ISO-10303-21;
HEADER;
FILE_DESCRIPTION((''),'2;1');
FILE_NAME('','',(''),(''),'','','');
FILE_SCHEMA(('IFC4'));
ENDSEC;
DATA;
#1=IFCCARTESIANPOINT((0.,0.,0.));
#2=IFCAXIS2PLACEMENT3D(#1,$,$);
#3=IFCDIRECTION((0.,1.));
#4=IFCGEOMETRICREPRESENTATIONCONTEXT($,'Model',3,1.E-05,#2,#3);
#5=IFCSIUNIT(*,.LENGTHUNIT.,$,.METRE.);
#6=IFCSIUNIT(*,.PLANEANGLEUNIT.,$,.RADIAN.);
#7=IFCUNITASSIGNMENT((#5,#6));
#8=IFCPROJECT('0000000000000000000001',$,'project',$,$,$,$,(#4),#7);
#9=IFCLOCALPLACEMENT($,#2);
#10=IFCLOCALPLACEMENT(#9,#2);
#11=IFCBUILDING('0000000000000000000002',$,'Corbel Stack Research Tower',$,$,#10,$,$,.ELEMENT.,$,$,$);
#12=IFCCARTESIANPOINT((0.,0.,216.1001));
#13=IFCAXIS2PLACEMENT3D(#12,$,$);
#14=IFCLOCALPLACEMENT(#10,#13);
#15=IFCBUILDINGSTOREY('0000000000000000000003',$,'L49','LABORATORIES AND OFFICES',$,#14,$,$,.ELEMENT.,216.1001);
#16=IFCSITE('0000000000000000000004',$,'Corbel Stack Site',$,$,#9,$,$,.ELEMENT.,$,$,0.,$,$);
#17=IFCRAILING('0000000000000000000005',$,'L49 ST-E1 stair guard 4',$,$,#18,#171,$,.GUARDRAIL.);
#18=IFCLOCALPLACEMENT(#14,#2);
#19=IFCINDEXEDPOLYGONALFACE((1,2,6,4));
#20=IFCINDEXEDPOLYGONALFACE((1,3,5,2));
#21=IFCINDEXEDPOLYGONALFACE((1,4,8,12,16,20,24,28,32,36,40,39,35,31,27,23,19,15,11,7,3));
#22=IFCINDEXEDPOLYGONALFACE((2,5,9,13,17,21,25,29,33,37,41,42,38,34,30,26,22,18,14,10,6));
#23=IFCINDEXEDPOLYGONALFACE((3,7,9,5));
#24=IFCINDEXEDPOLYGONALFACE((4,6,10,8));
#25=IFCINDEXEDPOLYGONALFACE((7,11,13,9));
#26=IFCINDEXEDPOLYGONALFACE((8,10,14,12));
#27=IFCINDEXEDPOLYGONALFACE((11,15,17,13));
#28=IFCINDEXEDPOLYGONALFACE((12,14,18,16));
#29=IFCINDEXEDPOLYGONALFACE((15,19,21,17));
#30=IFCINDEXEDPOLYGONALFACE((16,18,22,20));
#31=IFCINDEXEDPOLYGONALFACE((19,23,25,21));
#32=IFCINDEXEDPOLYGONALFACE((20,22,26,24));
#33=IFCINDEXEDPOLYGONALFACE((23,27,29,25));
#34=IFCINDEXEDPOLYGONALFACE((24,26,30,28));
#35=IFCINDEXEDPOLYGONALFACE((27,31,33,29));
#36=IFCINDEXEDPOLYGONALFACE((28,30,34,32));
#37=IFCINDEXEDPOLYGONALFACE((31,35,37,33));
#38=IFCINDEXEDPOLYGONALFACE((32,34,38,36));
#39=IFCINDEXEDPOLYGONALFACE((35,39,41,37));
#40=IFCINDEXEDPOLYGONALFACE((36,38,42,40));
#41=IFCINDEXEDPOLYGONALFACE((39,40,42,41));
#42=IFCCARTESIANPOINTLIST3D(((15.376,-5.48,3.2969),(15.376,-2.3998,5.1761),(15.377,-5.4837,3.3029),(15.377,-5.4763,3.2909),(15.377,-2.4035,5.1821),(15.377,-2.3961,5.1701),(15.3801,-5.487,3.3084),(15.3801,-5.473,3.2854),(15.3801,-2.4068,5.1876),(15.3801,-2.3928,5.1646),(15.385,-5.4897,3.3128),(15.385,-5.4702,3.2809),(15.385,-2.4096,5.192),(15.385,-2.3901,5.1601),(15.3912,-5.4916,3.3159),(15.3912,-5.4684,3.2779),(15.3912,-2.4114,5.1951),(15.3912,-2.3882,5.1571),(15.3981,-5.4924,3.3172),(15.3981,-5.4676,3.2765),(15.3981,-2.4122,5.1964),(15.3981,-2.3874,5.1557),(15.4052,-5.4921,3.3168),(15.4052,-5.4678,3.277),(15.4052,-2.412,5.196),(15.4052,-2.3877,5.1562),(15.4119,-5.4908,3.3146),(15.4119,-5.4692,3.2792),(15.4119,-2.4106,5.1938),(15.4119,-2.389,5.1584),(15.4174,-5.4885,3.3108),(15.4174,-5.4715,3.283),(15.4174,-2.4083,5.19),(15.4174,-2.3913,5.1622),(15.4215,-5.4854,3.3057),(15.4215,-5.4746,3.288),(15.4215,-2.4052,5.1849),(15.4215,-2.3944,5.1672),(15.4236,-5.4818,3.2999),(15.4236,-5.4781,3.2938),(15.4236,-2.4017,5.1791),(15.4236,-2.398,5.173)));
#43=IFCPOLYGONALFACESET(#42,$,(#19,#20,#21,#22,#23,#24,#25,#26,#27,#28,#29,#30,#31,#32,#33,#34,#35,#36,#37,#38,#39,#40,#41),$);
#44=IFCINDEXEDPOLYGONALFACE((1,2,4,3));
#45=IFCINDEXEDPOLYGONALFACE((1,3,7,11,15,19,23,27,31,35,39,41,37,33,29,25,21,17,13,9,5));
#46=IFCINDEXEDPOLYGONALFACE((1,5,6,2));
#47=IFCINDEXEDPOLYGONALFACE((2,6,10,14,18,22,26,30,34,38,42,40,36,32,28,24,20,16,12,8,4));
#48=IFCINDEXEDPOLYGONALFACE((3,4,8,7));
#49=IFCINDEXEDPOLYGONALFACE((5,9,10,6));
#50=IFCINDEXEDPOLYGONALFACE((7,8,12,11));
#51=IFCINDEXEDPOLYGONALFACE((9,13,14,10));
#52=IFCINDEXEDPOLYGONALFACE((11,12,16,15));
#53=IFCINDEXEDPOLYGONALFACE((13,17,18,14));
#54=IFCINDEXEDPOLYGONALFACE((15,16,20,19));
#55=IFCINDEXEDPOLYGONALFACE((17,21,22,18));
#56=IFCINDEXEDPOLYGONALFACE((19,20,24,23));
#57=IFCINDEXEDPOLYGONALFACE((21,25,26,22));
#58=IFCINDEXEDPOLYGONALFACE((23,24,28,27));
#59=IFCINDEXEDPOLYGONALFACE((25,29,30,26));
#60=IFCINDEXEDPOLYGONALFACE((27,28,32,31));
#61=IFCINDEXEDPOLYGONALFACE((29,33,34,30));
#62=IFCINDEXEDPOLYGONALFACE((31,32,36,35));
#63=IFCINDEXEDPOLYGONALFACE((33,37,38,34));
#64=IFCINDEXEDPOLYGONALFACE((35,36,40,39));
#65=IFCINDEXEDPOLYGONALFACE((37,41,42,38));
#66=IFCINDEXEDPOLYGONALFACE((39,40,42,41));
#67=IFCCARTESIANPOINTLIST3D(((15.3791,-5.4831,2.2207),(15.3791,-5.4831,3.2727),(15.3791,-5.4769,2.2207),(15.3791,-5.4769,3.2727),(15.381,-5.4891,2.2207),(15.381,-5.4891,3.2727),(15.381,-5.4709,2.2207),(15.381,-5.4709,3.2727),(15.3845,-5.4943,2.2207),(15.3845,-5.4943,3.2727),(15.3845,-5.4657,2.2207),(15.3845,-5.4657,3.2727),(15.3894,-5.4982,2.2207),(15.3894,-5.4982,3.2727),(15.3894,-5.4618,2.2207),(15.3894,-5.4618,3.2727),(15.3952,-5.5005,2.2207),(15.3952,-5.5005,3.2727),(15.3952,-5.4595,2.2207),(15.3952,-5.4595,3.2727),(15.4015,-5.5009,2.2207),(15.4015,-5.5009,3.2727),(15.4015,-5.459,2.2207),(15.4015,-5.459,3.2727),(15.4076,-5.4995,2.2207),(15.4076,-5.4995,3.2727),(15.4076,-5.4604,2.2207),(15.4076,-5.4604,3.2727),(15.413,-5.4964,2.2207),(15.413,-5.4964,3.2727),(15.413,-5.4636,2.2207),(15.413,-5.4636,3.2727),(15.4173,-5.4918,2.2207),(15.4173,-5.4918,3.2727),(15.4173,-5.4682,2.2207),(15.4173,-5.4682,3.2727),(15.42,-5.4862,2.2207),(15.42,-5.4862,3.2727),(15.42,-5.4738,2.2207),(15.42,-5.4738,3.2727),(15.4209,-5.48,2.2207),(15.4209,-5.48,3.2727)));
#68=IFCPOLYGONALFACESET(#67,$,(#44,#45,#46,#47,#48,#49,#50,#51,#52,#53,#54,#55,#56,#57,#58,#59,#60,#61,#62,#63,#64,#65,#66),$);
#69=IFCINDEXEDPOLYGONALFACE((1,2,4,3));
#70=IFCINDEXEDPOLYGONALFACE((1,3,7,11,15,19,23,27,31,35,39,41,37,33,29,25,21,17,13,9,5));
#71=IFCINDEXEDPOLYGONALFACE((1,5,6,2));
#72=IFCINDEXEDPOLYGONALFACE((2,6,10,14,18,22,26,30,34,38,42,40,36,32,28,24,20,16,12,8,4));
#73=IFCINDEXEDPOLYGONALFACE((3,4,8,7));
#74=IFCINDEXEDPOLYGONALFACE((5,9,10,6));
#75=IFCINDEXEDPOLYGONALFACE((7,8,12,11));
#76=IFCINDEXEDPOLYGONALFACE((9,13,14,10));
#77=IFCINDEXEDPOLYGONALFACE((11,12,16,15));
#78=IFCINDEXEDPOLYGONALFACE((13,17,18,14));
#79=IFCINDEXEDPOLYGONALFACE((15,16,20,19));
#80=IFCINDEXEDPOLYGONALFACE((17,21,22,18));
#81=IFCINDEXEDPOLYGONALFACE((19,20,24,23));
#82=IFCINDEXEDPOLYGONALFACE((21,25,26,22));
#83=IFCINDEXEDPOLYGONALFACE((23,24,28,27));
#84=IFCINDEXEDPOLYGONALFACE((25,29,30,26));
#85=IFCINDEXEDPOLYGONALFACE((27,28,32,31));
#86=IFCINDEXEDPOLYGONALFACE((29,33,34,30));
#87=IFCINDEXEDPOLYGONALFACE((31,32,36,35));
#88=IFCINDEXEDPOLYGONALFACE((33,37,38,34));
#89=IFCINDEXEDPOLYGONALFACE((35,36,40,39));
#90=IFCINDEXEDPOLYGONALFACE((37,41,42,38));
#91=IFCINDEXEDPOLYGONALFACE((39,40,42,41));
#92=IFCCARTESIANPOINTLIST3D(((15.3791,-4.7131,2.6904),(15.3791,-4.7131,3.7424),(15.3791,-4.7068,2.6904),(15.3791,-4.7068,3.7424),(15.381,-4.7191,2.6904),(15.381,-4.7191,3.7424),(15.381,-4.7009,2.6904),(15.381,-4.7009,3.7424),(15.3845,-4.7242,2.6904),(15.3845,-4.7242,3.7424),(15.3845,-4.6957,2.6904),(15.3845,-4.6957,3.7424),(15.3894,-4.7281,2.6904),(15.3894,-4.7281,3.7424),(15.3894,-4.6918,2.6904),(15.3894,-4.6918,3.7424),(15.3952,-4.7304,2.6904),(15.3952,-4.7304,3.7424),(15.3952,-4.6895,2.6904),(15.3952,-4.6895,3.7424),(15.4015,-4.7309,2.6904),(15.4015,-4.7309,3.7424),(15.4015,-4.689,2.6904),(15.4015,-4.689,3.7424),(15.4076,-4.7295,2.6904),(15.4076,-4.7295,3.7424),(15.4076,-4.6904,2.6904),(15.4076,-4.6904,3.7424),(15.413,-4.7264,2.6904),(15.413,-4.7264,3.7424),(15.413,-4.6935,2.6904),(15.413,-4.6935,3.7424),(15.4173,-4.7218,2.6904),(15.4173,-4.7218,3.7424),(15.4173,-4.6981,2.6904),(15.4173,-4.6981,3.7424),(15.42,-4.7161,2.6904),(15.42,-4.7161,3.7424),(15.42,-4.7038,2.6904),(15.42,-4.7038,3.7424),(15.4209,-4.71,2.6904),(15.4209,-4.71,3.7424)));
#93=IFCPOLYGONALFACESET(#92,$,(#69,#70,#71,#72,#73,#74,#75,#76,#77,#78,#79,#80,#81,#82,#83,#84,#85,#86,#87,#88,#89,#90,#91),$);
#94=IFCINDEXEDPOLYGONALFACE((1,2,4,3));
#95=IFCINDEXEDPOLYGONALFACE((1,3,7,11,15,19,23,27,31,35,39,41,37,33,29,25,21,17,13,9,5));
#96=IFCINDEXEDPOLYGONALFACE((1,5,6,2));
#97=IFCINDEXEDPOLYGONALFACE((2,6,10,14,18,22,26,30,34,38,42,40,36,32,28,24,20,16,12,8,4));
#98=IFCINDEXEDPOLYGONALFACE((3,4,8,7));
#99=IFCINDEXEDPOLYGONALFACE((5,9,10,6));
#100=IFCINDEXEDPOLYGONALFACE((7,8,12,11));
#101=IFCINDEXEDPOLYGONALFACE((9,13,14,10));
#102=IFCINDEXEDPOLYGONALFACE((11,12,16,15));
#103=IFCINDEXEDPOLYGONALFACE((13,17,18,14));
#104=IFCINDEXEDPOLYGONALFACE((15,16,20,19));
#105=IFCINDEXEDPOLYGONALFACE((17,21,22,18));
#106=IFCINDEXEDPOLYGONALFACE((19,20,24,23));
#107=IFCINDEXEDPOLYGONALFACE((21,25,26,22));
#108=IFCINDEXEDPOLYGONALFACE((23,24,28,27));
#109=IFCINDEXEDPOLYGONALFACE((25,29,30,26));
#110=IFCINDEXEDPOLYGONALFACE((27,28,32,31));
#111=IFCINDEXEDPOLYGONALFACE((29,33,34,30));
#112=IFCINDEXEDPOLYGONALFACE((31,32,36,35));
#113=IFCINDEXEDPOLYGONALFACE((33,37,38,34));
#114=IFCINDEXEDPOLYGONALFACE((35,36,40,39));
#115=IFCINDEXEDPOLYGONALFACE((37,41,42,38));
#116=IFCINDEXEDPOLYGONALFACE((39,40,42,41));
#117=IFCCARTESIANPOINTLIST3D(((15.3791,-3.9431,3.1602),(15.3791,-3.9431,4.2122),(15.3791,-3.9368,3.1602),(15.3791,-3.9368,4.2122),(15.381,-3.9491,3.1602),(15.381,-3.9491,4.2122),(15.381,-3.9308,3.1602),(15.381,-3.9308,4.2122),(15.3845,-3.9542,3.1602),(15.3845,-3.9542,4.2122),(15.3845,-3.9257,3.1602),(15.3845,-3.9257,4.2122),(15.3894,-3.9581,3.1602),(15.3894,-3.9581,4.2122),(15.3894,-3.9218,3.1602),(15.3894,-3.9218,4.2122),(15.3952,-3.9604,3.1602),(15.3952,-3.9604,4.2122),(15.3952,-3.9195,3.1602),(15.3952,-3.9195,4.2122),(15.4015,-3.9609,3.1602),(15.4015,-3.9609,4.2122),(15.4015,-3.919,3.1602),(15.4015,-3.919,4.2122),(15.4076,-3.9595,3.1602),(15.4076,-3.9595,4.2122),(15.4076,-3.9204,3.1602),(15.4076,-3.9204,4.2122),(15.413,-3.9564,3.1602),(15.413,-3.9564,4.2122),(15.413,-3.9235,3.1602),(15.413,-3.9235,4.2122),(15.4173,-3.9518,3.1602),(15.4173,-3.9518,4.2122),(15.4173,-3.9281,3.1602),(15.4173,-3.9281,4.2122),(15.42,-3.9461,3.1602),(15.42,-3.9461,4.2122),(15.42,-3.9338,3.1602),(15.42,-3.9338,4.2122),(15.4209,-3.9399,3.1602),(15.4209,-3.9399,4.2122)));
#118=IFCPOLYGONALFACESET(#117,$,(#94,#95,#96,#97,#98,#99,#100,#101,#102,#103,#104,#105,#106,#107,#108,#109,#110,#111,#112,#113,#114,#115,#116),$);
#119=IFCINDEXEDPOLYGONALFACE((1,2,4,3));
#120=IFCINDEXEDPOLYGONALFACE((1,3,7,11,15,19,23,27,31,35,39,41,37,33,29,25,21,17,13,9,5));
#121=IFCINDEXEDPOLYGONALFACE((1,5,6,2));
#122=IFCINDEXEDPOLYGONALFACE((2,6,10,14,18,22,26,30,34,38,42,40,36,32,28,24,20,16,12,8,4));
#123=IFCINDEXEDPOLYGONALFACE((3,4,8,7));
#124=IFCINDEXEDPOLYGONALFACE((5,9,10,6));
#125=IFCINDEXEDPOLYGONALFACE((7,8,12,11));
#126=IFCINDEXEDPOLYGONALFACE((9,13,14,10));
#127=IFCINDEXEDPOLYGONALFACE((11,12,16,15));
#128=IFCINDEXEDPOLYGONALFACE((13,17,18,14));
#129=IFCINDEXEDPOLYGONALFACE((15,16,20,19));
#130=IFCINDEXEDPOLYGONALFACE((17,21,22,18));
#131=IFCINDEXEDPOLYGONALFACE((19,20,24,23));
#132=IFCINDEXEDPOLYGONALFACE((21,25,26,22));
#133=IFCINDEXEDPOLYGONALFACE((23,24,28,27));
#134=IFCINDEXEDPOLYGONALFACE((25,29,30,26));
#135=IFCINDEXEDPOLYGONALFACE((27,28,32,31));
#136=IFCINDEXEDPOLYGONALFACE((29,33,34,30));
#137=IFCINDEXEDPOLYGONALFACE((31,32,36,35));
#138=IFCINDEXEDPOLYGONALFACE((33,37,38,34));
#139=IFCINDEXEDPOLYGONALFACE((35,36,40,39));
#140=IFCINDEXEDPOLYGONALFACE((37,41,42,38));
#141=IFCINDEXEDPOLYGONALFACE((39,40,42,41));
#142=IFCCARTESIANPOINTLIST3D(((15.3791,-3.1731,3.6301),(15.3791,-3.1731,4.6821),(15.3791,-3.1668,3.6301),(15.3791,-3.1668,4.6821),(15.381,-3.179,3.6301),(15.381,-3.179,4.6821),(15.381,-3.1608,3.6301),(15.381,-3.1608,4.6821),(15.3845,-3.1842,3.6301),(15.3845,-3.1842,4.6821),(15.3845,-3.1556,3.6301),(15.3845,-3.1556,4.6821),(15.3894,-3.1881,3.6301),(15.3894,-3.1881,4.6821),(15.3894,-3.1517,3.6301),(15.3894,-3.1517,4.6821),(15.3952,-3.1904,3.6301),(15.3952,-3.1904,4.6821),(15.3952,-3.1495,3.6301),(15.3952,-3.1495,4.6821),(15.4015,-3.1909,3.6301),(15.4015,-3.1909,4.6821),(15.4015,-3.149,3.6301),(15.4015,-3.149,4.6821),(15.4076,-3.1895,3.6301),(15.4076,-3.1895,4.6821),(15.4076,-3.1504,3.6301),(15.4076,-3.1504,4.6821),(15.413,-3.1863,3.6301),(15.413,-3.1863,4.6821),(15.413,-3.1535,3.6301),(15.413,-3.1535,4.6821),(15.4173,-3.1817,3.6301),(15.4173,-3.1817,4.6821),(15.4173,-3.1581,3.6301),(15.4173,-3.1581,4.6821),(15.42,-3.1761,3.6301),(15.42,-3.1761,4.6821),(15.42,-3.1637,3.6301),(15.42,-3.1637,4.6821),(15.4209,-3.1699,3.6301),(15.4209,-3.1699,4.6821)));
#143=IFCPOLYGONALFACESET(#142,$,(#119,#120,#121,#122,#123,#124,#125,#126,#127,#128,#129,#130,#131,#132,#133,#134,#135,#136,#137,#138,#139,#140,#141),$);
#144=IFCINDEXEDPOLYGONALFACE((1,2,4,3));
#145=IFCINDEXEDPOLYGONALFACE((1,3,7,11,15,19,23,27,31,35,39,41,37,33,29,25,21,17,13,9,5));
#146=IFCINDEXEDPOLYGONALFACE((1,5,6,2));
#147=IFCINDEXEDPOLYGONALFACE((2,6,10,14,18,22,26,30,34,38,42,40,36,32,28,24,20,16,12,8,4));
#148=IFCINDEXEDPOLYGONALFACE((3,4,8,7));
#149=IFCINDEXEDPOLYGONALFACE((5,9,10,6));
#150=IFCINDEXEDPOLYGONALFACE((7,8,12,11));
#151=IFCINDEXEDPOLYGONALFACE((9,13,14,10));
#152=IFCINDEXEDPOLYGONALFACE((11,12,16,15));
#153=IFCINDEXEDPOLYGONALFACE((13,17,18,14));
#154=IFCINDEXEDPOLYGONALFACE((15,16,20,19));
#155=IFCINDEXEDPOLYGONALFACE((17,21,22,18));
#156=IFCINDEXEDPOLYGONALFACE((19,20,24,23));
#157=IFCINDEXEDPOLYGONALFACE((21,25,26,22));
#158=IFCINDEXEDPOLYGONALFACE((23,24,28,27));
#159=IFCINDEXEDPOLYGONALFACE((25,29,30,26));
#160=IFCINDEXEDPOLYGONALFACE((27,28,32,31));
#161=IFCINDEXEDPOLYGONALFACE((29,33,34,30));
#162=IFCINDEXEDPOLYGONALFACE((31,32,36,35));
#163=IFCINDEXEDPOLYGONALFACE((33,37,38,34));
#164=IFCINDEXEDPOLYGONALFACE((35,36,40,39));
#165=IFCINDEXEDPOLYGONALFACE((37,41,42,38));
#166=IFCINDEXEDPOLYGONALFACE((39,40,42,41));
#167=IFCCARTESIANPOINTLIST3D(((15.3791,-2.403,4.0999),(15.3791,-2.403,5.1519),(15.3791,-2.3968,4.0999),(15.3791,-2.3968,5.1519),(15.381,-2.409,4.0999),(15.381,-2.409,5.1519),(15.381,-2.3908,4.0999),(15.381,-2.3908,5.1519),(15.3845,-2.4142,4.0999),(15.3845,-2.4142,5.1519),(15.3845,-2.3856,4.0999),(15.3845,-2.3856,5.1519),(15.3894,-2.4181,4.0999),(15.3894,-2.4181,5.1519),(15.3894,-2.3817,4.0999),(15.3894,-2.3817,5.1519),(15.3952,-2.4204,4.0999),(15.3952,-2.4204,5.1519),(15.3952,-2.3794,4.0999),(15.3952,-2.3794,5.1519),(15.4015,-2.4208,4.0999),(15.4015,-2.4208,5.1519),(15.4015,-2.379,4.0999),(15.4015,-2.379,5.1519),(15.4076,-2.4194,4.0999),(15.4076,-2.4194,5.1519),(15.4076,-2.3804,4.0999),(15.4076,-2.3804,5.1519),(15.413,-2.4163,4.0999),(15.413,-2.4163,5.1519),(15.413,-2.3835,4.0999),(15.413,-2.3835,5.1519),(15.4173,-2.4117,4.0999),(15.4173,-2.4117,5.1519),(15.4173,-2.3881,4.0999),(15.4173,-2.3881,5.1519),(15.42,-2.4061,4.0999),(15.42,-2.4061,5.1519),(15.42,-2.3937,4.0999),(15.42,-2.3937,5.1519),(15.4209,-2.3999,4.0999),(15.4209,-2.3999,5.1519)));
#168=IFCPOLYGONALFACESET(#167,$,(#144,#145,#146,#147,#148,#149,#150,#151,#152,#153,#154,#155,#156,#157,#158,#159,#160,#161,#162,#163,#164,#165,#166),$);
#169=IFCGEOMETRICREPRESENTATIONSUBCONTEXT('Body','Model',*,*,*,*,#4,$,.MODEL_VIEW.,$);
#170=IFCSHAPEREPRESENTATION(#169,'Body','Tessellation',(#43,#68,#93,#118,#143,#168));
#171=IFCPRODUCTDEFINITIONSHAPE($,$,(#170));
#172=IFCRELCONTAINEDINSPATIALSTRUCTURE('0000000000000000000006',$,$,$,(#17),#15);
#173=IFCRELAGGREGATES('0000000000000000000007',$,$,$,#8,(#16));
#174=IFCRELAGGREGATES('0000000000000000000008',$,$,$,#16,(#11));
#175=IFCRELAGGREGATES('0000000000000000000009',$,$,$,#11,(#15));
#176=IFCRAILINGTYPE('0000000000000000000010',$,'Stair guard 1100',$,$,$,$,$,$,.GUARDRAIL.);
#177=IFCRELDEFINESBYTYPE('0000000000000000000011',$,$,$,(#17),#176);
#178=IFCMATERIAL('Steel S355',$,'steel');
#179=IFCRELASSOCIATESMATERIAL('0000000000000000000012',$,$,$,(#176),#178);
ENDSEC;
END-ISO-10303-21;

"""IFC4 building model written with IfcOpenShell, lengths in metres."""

from ifc_helpers import new_model, si_unit, direction, frame, origin, origin_2d, place, context, subcontext, project, spatial, circle, extrude, material, type_object, element, save


model = new_model("IFC4")

# Units and contexts
model_context = context("Model", 3, precision=1e-05, world=origin(), true_north=direction((0.0, 1.0)))
body_context = subcontext(model_context, "Body", "Model", "MODEL_VIEW")
ifc_project = project(units=[si_unit("LENGTHUNIT", "METRE"), si_unit("PLANEANGLEUNIT", "RADIAN")], contexts=[model_context])

# Site, building, storey
site_placement = place(None, origin())
site = spatial("IfcSite", under=ifc_project, at=site_placement, Name="Corbel Stack Site", CompositionType="ELEMENT", RefElevation=0.0)
building_placement = place(site_placement, origin())
building = spatial("IfcBuilding", under=site, at=building_placement, Name="Corbel Stack Research Tower", CompositionType="ELEMENT")
storey_placement = place(building_placement, frame((0.0, 0.0, 216.1001)))
storey = spatial("IfcBuildingStorey", under=building, at=storey_placement, Name="L49", Description="LABORATORIES AND OFFICES", CompositionType="ELEMENT", Elevation=216.1001)

# Railing
ifc_material_1 = material(Name="Steel S355", Category="steel")
railing_type_1 = type_object("IfcRailingType", Name="Stair guard 1100", PredefinedType="GUARDRAIL", material=ifc_material_1)
railing_1_placement = place(storey_placement, frame((15.3999, -5.48, 2.2207)))
element("IfcRailing", 1, at=railing_1_placement, inside=storey, type_object=railing_type_1, Name="L49 ST-E1 stair guard 4", PredefinedType="GUARDRAIL", context=body_context, shape_type="SweptSolid", body=[
    extrude(circle(Radius=0.0239, at=origin_2d()), frame((0.0, 0.0, 1.0762), z_axis=(0.0, 0.853666, 0.52082), x_axis=(-1.0, 0.0, 0.0)), (0.0, 0.0, 1.0), 3.6082),
    extrude(circle(Radius=0.021, at=origin_2d()), origin(), (0.0, 0.0, 1.0), 1.052),
    extrude(circle(Radius=0.021, at=origin_2d()), frame((0.0, 0.77, 0.4697)), (0.0, 0.0, 1.0), 1.052),
    extrude(circle(Radius=0.021, at=origin_2d()), frame((0.0, 1.54, 0.9395)), (0.0, 0.0, 1.0), 1.052),
    extrude(circle(Radius=0.021, at=origin_2d()), frame((0.0, 2.3101, 1.4094)), (0.0, 0.0, 1.0), 1.052),
    extrude(circle(Radius=0.021, at=origin_2d()), frame((0.0, 3.0801, 1.8792)), (0.0, 0.0, 1.0), 1.052),
])

save(model, "model.ifc")
